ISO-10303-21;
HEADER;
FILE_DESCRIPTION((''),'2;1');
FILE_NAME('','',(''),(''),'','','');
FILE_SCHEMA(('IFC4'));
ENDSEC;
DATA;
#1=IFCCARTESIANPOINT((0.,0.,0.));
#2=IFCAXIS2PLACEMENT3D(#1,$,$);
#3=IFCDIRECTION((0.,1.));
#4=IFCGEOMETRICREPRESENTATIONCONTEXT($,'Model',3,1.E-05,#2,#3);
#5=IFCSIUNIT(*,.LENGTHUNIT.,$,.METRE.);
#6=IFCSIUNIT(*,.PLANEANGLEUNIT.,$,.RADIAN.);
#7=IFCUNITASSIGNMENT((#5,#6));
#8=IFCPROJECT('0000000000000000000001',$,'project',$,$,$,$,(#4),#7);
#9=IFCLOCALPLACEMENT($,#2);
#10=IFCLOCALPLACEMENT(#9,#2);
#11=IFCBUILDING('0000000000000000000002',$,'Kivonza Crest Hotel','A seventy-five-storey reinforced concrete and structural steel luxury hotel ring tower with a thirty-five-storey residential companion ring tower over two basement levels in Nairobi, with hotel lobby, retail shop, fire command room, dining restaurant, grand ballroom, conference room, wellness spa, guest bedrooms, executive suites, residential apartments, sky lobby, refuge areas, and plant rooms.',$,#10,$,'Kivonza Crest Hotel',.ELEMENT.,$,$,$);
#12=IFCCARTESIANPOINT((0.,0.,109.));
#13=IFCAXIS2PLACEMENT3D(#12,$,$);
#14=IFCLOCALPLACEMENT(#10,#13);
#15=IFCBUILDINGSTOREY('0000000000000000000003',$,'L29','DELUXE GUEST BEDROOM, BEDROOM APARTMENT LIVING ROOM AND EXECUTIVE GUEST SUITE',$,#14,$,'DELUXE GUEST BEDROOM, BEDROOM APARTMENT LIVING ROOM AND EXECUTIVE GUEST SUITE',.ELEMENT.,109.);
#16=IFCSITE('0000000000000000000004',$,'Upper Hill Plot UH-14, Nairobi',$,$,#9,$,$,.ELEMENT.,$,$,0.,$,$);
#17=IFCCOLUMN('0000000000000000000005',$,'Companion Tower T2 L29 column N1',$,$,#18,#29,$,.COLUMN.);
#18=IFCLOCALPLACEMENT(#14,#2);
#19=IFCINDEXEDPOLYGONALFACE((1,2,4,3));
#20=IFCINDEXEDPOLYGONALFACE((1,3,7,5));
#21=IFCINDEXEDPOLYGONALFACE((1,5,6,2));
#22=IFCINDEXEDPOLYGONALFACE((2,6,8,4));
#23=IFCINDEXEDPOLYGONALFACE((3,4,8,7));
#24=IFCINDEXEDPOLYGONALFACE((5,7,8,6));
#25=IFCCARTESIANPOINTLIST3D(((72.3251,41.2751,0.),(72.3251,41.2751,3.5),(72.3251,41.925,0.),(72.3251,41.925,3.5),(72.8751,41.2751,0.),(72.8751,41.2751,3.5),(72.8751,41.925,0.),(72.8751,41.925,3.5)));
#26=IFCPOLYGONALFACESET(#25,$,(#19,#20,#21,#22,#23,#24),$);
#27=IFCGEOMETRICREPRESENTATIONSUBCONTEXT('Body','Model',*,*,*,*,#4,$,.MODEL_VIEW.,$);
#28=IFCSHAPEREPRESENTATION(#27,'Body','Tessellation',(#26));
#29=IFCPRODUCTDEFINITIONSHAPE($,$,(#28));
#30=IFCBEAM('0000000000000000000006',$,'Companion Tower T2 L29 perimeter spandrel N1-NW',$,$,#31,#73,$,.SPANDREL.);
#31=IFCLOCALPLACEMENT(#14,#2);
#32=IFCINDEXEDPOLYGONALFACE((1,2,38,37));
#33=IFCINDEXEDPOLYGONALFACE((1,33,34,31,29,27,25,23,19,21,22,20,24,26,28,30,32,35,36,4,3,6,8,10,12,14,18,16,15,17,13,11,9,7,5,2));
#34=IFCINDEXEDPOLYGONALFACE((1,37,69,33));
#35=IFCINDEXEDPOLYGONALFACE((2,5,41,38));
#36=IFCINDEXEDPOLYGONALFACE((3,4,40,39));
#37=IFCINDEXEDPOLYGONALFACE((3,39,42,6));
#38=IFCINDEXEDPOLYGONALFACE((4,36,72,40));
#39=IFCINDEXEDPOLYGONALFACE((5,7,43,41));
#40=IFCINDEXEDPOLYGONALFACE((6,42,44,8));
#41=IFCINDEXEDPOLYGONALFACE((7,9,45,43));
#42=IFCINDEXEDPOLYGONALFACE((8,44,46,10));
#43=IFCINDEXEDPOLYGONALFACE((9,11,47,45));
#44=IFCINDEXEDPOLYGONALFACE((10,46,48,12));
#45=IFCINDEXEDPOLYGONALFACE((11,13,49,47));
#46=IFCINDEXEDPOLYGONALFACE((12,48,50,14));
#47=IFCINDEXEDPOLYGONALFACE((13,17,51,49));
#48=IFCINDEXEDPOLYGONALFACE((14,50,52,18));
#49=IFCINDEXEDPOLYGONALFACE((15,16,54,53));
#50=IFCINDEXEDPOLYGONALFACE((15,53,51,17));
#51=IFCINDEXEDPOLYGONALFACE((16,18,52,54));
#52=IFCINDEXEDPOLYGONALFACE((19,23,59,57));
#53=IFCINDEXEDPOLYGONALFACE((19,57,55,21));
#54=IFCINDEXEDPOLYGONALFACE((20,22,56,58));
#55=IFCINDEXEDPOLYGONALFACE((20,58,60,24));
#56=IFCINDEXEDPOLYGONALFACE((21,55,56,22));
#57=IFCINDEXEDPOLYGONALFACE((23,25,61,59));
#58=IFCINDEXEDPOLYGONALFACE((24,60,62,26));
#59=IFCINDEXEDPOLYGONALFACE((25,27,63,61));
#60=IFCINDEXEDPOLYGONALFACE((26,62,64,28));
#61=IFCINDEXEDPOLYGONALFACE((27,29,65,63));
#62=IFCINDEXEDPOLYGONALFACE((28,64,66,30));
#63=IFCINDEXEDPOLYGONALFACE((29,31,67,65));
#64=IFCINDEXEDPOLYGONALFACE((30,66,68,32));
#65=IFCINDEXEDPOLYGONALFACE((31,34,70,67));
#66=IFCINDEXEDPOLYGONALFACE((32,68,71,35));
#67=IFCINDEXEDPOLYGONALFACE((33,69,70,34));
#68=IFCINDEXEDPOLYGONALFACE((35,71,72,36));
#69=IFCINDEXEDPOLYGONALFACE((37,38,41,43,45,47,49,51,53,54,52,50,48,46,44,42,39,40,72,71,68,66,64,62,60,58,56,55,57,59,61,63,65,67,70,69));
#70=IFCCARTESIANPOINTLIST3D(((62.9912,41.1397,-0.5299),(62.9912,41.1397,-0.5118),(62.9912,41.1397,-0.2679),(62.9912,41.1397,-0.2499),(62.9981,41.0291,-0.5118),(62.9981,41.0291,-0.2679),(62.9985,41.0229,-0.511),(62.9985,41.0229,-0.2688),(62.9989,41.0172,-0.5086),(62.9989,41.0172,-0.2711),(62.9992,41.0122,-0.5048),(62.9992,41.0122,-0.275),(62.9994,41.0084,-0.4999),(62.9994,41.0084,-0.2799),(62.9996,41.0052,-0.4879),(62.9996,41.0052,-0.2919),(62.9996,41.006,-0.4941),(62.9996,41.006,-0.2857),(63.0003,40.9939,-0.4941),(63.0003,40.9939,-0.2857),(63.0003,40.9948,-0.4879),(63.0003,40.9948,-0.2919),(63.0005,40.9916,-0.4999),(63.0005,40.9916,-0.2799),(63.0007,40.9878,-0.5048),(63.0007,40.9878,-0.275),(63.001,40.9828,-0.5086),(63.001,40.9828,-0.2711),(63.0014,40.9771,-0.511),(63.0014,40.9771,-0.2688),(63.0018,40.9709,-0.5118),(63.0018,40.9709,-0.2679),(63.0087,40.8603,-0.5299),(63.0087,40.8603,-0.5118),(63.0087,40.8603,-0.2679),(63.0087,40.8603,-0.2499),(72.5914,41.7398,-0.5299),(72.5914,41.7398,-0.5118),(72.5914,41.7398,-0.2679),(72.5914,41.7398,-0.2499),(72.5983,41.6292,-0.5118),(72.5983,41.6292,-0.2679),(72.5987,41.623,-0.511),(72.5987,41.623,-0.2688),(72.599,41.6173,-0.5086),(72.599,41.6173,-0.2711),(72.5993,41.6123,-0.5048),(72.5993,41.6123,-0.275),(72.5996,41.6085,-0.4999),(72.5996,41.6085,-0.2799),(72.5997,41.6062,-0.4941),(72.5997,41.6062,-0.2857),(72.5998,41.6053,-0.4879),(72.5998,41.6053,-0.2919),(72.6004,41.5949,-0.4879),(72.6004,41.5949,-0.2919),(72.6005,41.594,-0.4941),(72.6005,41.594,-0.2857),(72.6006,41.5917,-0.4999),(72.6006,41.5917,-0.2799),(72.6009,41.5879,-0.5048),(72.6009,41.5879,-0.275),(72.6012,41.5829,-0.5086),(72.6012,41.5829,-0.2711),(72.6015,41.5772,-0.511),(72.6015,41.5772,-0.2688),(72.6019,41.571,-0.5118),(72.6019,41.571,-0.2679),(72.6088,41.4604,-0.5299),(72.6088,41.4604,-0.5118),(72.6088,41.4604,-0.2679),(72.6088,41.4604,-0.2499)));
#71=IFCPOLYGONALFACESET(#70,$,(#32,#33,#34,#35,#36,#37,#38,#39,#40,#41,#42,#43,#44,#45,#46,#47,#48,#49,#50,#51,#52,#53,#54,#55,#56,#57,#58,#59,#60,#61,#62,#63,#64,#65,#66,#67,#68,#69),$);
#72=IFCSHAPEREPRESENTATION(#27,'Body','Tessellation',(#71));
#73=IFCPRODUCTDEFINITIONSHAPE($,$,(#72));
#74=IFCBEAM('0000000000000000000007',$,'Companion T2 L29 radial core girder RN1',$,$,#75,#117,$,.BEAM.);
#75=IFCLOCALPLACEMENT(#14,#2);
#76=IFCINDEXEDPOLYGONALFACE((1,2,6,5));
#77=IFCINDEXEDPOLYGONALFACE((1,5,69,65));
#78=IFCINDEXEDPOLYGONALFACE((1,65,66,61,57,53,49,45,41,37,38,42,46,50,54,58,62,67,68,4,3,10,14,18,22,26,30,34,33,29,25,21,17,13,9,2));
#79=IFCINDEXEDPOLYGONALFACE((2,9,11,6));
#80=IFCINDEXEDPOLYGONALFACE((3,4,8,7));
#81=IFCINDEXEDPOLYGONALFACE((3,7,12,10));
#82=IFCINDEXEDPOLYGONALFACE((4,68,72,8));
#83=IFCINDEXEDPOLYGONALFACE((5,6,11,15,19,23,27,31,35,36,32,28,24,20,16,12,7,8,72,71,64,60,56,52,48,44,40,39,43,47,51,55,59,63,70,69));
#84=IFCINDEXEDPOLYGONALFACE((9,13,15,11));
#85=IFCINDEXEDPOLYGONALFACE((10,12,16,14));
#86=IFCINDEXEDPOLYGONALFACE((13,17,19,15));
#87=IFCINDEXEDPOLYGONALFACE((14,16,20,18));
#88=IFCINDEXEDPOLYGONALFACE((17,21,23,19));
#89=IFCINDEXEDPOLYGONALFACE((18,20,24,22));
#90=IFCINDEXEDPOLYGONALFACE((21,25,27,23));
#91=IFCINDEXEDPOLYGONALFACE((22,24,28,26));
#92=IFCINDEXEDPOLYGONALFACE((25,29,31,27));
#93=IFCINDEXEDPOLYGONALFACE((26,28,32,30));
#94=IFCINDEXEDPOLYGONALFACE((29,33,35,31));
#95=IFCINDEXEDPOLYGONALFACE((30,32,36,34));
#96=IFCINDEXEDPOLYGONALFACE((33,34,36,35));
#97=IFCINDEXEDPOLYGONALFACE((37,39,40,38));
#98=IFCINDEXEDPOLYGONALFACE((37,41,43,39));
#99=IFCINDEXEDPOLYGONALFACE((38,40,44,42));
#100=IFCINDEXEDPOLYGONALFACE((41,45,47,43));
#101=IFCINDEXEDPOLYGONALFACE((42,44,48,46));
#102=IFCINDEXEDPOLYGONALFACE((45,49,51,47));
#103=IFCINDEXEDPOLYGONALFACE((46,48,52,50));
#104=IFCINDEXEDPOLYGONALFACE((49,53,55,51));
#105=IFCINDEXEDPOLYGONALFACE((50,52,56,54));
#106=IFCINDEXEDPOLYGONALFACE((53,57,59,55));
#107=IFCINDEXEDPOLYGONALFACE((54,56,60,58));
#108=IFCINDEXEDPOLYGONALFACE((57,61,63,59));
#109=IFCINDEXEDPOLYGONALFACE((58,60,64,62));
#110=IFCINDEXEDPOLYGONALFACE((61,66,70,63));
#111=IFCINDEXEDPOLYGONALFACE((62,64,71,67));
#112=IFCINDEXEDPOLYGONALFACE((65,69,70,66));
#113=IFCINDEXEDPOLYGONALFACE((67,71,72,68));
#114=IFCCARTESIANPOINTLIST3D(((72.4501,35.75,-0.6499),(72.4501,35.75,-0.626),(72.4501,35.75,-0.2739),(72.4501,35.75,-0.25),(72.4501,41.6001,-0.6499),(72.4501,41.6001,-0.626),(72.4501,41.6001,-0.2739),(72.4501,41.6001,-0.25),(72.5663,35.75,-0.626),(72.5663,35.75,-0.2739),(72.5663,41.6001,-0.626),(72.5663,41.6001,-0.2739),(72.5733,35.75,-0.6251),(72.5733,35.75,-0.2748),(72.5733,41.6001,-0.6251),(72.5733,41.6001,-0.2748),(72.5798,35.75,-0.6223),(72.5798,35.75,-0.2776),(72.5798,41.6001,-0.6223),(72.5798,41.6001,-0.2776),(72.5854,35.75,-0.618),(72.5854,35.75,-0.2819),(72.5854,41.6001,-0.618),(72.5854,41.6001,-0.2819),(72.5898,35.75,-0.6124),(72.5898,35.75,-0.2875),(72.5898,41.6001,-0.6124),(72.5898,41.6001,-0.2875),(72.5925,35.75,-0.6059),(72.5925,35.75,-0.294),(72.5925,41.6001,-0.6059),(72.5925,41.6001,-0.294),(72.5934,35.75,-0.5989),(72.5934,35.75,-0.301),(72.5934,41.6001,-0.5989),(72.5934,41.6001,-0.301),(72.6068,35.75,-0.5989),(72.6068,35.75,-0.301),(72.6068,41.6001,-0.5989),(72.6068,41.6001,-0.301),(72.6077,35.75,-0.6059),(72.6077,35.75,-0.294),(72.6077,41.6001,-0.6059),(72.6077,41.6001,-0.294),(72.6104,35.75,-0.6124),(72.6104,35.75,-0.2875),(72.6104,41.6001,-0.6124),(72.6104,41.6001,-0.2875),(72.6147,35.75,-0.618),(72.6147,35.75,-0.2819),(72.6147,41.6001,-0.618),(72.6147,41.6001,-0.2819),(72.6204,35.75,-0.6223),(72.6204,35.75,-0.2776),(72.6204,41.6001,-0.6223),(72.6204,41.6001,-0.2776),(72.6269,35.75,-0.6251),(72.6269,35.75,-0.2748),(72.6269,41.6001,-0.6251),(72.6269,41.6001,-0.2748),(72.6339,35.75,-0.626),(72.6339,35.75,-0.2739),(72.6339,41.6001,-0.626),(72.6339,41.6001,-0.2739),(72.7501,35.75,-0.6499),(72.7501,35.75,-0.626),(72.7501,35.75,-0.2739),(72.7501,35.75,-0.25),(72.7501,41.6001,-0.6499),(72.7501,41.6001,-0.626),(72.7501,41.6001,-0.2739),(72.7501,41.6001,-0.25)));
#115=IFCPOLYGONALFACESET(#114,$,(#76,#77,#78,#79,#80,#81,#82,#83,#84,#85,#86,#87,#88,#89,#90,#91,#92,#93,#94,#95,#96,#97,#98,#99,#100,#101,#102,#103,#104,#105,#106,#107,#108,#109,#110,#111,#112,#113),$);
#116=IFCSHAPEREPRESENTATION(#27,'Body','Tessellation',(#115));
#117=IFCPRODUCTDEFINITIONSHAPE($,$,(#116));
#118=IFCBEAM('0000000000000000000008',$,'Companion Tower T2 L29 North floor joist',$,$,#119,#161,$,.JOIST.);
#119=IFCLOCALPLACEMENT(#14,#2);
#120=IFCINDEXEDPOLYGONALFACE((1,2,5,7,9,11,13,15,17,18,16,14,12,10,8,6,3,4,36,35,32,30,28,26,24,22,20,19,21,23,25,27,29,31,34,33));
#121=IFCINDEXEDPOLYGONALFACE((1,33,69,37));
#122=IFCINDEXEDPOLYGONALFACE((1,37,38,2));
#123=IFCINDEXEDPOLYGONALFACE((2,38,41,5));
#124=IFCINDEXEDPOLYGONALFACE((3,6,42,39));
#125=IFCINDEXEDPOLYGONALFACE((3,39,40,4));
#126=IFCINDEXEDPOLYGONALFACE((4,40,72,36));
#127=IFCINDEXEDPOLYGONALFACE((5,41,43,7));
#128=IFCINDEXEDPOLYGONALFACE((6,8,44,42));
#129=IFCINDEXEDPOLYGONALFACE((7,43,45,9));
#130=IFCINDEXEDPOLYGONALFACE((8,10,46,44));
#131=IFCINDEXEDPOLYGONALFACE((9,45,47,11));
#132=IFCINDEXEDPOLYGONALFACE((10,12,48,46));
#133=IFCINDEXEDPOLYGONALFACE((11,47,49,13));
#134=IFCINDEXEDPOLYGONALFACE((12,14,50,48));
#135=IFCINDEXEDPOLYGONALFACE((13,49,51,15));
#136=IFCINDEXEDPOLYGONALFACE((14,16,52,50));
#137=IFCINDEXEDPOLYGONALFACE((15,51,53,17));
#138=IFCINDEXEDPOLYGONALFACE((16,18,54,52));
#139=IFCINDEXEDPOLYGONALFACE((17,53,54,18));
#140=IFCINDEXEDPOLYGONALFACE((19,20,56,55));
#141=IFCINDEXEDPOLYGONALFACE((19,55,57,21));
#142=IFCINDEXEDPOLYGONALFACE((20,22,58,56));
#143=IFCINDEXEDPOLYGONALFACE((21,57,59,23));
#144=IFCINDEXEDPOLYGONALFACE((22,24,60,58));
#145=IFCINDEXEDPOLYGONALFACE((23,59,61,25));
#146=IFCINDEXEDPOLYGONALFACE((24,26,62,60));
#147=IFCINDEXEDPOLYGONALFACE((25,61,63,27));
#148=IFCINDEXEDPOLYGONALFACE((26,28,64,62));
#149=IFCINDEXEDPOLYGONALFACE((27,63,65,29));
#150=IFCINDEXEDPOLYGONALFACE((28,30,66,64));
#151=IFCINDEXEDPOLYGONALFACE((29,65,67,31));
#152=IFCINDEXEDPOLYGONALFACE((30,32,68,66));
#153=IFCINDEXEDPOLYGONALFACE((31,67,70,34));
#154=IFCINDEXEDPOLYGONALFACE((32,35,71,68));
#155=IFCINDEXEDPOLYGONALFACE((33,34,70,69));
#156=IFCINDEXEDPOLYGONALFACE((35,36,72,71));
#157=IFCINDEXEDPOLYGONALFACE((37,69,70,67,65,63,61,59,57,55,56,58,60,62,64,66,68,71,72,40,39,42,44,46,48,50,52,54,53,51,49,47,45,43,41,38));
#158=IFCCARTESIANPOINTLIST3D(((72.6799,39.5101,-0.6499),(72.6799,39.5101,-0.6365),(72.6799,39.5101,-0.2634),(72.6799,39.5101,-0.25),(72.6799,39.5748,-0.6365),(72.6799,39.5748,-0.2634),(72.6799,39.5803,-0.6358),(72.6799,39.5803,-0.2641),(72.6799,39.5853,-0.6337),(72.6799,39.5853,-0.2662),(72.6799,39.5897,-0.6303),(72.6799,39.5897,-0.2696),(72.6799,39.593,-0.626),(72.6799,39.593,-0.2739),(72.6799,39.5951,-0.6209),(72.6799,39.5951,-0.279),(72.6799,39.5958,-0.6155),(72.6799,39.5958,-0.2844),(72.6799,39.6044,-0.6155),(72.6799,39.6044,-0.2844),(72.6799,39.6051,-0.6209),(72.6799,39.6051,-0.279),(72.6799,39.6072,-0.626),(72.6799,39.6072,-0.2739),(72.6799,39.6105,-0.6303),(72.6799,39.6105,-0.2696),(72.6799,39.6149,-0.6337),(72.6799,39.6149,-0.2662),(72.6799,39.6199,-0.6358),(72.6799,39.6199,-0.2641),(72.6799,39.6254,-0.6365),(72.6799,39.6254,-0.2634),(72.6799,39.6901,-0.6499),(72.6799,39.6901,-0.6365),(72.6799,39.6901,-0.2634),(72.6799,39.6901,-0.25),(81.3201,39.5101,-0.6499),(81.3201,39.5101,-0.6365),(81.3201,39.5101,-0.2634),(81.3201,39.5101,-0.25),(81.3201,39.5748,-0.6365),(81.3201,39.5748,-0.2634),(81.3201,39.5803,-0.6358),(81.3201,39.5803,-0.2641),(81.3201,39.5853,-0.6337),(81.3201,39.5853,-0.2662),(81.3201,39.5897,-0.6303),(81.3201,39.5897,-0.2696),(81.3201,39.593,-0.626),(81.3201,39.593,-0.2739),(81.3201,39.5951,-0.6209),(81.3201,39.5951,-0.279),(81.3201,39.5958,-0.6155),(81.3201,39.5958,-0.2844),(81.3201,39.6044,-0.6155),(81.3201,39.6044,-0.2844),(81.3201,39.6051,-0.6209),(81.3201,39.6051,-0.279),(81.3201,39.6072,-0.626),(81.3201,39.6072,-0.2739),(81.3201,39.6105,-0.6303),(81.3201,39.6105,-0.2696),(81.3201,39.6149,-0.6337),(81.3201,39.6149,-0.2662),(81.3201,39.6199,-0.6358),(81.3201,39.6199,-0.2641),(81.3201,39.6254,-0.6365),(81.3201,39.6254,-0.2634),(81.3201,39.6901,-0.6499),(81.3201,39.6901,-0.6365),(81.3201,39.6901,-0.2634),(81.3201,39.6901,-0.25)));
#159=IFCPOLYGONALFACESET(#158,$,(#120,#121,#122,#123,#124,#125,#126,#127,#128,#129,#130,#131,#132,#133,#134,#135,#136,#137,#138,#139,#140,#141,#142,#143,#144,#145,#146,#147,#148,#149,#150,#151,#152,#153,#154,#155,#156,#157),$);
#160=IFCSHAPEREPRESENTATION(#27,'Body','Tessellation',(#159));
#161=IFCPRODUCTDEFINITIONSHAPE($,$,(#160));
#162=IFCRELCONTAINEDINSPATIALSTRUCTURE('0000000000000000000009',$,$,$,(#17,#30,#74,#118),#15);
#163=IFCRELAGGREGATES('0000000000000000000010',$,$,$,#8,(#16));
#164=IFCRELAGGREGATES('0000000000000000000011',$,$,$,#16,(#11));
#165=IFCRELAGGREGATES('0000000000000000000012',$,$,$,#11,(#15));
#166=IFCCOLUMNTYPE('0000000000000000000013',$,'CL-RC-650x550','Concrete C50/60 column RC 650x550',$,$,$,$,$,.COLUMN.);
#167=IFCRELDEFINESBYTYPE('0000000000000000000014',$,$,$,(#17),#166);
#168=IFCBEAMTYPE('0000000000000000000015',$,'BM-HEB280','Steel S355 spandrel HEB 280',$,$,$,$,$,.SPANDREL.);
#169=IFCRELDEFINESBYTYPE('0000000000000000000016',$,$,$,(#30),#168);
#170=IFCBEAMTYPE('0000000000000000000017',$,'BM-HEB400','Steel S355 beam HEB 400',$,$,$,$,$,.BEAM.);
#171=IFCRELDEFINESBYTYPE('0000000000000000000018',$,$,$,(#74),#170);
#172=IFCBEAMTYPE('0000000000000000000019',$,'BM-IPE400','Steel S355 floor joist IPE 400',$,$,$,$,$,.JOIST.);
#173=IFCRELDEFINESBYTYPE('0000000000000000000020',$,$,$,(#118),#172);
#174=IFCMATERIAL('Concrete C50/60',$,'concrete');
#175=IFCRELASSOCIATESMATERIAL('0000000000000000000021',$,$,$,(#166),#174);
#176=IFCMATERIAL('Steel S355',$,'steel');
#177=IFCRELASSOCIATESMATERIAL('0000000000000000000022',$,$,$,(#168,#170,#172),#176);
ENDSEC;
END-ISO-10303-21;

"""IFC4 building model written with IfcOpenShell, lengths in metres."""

from ifc_helpers import new_model, si_unit, direction, frame, origin, origin_2d, place, context, subcontext, project, spatial, rectangle, i_section, extrude, material, material_profile, profile_set, type_object, element, save


model = new_model("IFC4")

# Units and contexts
model_context = context("Model", 3, precision=1e-05, world=origin(), true_north=direction((0.0, 1.0)))
body_context = subcontext(model_context, "Body", "Model", "MODEL_VIEW")
ifc_project = project(units=[si_unit("LENGTHUNIT", "METRE"), si_unit("PLANEANGLEUNIT", "RADIAN")], contexts=[model_context])

# Site, building, storey
site_placement = place(None, origin())
site = spatial("IfcSite", under=ifc_project, at=site_placement, Name="Upper Hill Plot UH-14, Nairobi", CompositionType="ELEMENT", RefElevation=0.0)
building_placement = place(site_placement, origin())
building = spatial("IfcBuilding", under=site, at=building_placement, Name="Kivonza Crest Hotel", Description="A seventy-five-storey reinforced concrete and structural steel luxury hotel ring tower with a thirty-five-storey residential companion ring tower over two basement levels in Nairobi, with hotel lobby, retail shop, fire command room, dining restaurant, grand ballroom, conference room, wellness spa, guest bedrooms, executive suites, residential apartments, sky lobby, refuge areas, and plant rooms.", LongName="Kivonza Crest Hotel", CompositionType="ELEMENT")
storey_placement = place(building_placement, frame((0.0, 0.0, 109.0)))
storey = spatial("IfcBuildingStorey", under=building, at=storey_placement, Name="L29", Description="DELUXE GUEST BEDROOM, BEDROOM APARTMENT LIVING ROOM AND EXECUTIVE GUEST SUITE", LongName="DELUXE GUEST BEDROOM, BEDROOM APARTMENT LIVING ROOM AND EXECUTIVE GUEST SUITE", CompositionType="ELEMENT", Elevation=109.0)

# Column
ifc_material_1 = material(Name="Concrete C50/60", Category="concrete")
ifc_material_profile_1 = material_profile(ifc_material_1, rectangle(XDim=0.55, YDim=0.6499, at=origin_2d()), Name="RC 650x550")
ifc_profile_set_1 = profile_set([ifc_material_profile_1], Name="Concrete C50/60")
column_type = type_object("IfcColumnType", Name="CL-RC-650x550", Description="Concrete C50/60 column RC 650x550", PredefinedType="COLUMN", material=ifc_profile_set_1)
column_placement = place(storey_placement, frame((72.6001, 41.6001, 0.0), z_axis=(0.0, 0.0, 1.0), x_axis=(1.0, 0.0, 0.0)))
element("IfcColumn", 1, at=column_placement, inside=storey, type_object=column_type, Name="Companion Tower T2 L29 column N1", PredefinedType="COLUMN", context=body_context, shape_type="SweptSolid", body=[
    extrude(rectangle(XDim=0.55, YDim=0.6499, at=origin_2d()), origin(), (0.0, 0.0, 1.0), 3.5),
])

# Beams
ifc_material_2 = material(Name="Steel S355", Category="steel")
ifc_material_profile_2 = material_profile(ifc_material_2, i_section(OverallWidth=0.28, OverallDepth=0.28, WebThickness=0.0105, FlangeThickness=0.0181, FilletRadius=0.0239, at=origin_2d()), Name="HEB 280")
ifc_profile_set_2 = profile_set([ifc_material_profile_2], Name="Steel S355")
beam_type_1 = type_object("IfcBeamType", Name="BM-HEB280", Description="Steel S355 spandrel HEB 280", PredefinedType="SPANDREL", material=ifc_profile_set_2)
beam_1_placement = place(storey_placement, frame((72.6001, 41.6001, -0.3899), z_axis=(-0.998052, -0.062388, 0.0), x_axis=(0.062388, -0.998052, 0.0)))
element("IfcBeam", 2, at=beam_1_placement, inside=storey, type_object=beam_type_1, Name="Companion Tower T2 L29 perimeter spandrel N1-NW", PredefinedType="SPANDREL", context=body_context, shape_type="SweptSolid", body=[
    extrude(i_section(OverallWidth=0.28, OverallDepth=0.28, WebThickness=0.0105, FlangeThickness=0.0181, FilletRadius=0.0239, at=origin_2d()), origin(), (0.0, 0.0, 1.0), 9.6189),
])
ifc_material_profile_3 = material_profile(ifc_material_2, i_section(OverallWidth=0.3, OverallDepth=0.3999, WebThickness=0.0134, FlangeThickness=0.0239, FilletRadius=0.0271, at=origin_2d()), Name="HEB 400")
ifc_profile_set_3 = profile_set([ifc_material_profile_3], Name="Steel S355")
beam_type_2 = type_object("IfcBeamType", Name="BM-HEB400", Description="Steel S355 beam HEB 400", PredefinedType="BEAM", material=ifc_profile_set_3)
beam_2_placement = place(storey_placement, frame((72.6001, 41.6001, -0.45), z_axis=(0.0, -1.0, 0.0), x_axis=(1.0, 0.0, 0.0)))
element("IfcBeam", 3, at=beam_2_placement, inside=storey, type_object=beam_type_2, Name="Companion T2 L29 radial core girder RN1", PredefinedType="BEAM", context=body_context, shape_type="SweptSolid", body=[
    extrude(i_section(OverallWidth=0.3, OverallDepth=0.3999, WebThickness=0.0134, FlangeThickness=0.0239, FilletRadius=0.0271, at=origin_2d()), origin(), (0.0, 0.0, 1.0), 5.8501),
])
ifc_material_profile_4 = material_profile(ifc_material_2, i_section(OverallWidth=0.1799, OverallDepth=0.3999, WebThickness=0.0085, FlangeThickness=0.0134, FilletRadius=0.021, at=origin_2d()), Name="IPE 400")
ifc_profile_set_4 = profile_set([ifc_material_profile_4], Name="Steel S355")
beam_type_3 = type_object("IfcBeamType", Name="BM-IPE400", Description="Steel S355 floor joist IPE 400", PredefinedType="JOIST", material=ifc_profile_set_4)
beam_3_placement = place(storey_placement, frame((72.6799, 39.6001, -0.45), z_axis=(1.0, 0.0, 0.0), x_axis=(0.0, 1.0, 0.0)))
element("IfcBeam", 4, at=beam_3_placement, inside=storey, type_object=beam_type_3, Name="Companion Tower T2 L29 North floor joist", PredefinedType="JOIST", context=body_context, shape_type="SweptSolid", body=[
    extrude(i_section(OverallWidth=0.1799, OverallDepth=0.3999, WebThickness=0.0085, FlangeThickness=0.0134, FilletRadius=0.021, at=origin_2d()), origin(), (0.0, 0.0, 1.0), 8.6401),
])

save(model, "model.ifc")
